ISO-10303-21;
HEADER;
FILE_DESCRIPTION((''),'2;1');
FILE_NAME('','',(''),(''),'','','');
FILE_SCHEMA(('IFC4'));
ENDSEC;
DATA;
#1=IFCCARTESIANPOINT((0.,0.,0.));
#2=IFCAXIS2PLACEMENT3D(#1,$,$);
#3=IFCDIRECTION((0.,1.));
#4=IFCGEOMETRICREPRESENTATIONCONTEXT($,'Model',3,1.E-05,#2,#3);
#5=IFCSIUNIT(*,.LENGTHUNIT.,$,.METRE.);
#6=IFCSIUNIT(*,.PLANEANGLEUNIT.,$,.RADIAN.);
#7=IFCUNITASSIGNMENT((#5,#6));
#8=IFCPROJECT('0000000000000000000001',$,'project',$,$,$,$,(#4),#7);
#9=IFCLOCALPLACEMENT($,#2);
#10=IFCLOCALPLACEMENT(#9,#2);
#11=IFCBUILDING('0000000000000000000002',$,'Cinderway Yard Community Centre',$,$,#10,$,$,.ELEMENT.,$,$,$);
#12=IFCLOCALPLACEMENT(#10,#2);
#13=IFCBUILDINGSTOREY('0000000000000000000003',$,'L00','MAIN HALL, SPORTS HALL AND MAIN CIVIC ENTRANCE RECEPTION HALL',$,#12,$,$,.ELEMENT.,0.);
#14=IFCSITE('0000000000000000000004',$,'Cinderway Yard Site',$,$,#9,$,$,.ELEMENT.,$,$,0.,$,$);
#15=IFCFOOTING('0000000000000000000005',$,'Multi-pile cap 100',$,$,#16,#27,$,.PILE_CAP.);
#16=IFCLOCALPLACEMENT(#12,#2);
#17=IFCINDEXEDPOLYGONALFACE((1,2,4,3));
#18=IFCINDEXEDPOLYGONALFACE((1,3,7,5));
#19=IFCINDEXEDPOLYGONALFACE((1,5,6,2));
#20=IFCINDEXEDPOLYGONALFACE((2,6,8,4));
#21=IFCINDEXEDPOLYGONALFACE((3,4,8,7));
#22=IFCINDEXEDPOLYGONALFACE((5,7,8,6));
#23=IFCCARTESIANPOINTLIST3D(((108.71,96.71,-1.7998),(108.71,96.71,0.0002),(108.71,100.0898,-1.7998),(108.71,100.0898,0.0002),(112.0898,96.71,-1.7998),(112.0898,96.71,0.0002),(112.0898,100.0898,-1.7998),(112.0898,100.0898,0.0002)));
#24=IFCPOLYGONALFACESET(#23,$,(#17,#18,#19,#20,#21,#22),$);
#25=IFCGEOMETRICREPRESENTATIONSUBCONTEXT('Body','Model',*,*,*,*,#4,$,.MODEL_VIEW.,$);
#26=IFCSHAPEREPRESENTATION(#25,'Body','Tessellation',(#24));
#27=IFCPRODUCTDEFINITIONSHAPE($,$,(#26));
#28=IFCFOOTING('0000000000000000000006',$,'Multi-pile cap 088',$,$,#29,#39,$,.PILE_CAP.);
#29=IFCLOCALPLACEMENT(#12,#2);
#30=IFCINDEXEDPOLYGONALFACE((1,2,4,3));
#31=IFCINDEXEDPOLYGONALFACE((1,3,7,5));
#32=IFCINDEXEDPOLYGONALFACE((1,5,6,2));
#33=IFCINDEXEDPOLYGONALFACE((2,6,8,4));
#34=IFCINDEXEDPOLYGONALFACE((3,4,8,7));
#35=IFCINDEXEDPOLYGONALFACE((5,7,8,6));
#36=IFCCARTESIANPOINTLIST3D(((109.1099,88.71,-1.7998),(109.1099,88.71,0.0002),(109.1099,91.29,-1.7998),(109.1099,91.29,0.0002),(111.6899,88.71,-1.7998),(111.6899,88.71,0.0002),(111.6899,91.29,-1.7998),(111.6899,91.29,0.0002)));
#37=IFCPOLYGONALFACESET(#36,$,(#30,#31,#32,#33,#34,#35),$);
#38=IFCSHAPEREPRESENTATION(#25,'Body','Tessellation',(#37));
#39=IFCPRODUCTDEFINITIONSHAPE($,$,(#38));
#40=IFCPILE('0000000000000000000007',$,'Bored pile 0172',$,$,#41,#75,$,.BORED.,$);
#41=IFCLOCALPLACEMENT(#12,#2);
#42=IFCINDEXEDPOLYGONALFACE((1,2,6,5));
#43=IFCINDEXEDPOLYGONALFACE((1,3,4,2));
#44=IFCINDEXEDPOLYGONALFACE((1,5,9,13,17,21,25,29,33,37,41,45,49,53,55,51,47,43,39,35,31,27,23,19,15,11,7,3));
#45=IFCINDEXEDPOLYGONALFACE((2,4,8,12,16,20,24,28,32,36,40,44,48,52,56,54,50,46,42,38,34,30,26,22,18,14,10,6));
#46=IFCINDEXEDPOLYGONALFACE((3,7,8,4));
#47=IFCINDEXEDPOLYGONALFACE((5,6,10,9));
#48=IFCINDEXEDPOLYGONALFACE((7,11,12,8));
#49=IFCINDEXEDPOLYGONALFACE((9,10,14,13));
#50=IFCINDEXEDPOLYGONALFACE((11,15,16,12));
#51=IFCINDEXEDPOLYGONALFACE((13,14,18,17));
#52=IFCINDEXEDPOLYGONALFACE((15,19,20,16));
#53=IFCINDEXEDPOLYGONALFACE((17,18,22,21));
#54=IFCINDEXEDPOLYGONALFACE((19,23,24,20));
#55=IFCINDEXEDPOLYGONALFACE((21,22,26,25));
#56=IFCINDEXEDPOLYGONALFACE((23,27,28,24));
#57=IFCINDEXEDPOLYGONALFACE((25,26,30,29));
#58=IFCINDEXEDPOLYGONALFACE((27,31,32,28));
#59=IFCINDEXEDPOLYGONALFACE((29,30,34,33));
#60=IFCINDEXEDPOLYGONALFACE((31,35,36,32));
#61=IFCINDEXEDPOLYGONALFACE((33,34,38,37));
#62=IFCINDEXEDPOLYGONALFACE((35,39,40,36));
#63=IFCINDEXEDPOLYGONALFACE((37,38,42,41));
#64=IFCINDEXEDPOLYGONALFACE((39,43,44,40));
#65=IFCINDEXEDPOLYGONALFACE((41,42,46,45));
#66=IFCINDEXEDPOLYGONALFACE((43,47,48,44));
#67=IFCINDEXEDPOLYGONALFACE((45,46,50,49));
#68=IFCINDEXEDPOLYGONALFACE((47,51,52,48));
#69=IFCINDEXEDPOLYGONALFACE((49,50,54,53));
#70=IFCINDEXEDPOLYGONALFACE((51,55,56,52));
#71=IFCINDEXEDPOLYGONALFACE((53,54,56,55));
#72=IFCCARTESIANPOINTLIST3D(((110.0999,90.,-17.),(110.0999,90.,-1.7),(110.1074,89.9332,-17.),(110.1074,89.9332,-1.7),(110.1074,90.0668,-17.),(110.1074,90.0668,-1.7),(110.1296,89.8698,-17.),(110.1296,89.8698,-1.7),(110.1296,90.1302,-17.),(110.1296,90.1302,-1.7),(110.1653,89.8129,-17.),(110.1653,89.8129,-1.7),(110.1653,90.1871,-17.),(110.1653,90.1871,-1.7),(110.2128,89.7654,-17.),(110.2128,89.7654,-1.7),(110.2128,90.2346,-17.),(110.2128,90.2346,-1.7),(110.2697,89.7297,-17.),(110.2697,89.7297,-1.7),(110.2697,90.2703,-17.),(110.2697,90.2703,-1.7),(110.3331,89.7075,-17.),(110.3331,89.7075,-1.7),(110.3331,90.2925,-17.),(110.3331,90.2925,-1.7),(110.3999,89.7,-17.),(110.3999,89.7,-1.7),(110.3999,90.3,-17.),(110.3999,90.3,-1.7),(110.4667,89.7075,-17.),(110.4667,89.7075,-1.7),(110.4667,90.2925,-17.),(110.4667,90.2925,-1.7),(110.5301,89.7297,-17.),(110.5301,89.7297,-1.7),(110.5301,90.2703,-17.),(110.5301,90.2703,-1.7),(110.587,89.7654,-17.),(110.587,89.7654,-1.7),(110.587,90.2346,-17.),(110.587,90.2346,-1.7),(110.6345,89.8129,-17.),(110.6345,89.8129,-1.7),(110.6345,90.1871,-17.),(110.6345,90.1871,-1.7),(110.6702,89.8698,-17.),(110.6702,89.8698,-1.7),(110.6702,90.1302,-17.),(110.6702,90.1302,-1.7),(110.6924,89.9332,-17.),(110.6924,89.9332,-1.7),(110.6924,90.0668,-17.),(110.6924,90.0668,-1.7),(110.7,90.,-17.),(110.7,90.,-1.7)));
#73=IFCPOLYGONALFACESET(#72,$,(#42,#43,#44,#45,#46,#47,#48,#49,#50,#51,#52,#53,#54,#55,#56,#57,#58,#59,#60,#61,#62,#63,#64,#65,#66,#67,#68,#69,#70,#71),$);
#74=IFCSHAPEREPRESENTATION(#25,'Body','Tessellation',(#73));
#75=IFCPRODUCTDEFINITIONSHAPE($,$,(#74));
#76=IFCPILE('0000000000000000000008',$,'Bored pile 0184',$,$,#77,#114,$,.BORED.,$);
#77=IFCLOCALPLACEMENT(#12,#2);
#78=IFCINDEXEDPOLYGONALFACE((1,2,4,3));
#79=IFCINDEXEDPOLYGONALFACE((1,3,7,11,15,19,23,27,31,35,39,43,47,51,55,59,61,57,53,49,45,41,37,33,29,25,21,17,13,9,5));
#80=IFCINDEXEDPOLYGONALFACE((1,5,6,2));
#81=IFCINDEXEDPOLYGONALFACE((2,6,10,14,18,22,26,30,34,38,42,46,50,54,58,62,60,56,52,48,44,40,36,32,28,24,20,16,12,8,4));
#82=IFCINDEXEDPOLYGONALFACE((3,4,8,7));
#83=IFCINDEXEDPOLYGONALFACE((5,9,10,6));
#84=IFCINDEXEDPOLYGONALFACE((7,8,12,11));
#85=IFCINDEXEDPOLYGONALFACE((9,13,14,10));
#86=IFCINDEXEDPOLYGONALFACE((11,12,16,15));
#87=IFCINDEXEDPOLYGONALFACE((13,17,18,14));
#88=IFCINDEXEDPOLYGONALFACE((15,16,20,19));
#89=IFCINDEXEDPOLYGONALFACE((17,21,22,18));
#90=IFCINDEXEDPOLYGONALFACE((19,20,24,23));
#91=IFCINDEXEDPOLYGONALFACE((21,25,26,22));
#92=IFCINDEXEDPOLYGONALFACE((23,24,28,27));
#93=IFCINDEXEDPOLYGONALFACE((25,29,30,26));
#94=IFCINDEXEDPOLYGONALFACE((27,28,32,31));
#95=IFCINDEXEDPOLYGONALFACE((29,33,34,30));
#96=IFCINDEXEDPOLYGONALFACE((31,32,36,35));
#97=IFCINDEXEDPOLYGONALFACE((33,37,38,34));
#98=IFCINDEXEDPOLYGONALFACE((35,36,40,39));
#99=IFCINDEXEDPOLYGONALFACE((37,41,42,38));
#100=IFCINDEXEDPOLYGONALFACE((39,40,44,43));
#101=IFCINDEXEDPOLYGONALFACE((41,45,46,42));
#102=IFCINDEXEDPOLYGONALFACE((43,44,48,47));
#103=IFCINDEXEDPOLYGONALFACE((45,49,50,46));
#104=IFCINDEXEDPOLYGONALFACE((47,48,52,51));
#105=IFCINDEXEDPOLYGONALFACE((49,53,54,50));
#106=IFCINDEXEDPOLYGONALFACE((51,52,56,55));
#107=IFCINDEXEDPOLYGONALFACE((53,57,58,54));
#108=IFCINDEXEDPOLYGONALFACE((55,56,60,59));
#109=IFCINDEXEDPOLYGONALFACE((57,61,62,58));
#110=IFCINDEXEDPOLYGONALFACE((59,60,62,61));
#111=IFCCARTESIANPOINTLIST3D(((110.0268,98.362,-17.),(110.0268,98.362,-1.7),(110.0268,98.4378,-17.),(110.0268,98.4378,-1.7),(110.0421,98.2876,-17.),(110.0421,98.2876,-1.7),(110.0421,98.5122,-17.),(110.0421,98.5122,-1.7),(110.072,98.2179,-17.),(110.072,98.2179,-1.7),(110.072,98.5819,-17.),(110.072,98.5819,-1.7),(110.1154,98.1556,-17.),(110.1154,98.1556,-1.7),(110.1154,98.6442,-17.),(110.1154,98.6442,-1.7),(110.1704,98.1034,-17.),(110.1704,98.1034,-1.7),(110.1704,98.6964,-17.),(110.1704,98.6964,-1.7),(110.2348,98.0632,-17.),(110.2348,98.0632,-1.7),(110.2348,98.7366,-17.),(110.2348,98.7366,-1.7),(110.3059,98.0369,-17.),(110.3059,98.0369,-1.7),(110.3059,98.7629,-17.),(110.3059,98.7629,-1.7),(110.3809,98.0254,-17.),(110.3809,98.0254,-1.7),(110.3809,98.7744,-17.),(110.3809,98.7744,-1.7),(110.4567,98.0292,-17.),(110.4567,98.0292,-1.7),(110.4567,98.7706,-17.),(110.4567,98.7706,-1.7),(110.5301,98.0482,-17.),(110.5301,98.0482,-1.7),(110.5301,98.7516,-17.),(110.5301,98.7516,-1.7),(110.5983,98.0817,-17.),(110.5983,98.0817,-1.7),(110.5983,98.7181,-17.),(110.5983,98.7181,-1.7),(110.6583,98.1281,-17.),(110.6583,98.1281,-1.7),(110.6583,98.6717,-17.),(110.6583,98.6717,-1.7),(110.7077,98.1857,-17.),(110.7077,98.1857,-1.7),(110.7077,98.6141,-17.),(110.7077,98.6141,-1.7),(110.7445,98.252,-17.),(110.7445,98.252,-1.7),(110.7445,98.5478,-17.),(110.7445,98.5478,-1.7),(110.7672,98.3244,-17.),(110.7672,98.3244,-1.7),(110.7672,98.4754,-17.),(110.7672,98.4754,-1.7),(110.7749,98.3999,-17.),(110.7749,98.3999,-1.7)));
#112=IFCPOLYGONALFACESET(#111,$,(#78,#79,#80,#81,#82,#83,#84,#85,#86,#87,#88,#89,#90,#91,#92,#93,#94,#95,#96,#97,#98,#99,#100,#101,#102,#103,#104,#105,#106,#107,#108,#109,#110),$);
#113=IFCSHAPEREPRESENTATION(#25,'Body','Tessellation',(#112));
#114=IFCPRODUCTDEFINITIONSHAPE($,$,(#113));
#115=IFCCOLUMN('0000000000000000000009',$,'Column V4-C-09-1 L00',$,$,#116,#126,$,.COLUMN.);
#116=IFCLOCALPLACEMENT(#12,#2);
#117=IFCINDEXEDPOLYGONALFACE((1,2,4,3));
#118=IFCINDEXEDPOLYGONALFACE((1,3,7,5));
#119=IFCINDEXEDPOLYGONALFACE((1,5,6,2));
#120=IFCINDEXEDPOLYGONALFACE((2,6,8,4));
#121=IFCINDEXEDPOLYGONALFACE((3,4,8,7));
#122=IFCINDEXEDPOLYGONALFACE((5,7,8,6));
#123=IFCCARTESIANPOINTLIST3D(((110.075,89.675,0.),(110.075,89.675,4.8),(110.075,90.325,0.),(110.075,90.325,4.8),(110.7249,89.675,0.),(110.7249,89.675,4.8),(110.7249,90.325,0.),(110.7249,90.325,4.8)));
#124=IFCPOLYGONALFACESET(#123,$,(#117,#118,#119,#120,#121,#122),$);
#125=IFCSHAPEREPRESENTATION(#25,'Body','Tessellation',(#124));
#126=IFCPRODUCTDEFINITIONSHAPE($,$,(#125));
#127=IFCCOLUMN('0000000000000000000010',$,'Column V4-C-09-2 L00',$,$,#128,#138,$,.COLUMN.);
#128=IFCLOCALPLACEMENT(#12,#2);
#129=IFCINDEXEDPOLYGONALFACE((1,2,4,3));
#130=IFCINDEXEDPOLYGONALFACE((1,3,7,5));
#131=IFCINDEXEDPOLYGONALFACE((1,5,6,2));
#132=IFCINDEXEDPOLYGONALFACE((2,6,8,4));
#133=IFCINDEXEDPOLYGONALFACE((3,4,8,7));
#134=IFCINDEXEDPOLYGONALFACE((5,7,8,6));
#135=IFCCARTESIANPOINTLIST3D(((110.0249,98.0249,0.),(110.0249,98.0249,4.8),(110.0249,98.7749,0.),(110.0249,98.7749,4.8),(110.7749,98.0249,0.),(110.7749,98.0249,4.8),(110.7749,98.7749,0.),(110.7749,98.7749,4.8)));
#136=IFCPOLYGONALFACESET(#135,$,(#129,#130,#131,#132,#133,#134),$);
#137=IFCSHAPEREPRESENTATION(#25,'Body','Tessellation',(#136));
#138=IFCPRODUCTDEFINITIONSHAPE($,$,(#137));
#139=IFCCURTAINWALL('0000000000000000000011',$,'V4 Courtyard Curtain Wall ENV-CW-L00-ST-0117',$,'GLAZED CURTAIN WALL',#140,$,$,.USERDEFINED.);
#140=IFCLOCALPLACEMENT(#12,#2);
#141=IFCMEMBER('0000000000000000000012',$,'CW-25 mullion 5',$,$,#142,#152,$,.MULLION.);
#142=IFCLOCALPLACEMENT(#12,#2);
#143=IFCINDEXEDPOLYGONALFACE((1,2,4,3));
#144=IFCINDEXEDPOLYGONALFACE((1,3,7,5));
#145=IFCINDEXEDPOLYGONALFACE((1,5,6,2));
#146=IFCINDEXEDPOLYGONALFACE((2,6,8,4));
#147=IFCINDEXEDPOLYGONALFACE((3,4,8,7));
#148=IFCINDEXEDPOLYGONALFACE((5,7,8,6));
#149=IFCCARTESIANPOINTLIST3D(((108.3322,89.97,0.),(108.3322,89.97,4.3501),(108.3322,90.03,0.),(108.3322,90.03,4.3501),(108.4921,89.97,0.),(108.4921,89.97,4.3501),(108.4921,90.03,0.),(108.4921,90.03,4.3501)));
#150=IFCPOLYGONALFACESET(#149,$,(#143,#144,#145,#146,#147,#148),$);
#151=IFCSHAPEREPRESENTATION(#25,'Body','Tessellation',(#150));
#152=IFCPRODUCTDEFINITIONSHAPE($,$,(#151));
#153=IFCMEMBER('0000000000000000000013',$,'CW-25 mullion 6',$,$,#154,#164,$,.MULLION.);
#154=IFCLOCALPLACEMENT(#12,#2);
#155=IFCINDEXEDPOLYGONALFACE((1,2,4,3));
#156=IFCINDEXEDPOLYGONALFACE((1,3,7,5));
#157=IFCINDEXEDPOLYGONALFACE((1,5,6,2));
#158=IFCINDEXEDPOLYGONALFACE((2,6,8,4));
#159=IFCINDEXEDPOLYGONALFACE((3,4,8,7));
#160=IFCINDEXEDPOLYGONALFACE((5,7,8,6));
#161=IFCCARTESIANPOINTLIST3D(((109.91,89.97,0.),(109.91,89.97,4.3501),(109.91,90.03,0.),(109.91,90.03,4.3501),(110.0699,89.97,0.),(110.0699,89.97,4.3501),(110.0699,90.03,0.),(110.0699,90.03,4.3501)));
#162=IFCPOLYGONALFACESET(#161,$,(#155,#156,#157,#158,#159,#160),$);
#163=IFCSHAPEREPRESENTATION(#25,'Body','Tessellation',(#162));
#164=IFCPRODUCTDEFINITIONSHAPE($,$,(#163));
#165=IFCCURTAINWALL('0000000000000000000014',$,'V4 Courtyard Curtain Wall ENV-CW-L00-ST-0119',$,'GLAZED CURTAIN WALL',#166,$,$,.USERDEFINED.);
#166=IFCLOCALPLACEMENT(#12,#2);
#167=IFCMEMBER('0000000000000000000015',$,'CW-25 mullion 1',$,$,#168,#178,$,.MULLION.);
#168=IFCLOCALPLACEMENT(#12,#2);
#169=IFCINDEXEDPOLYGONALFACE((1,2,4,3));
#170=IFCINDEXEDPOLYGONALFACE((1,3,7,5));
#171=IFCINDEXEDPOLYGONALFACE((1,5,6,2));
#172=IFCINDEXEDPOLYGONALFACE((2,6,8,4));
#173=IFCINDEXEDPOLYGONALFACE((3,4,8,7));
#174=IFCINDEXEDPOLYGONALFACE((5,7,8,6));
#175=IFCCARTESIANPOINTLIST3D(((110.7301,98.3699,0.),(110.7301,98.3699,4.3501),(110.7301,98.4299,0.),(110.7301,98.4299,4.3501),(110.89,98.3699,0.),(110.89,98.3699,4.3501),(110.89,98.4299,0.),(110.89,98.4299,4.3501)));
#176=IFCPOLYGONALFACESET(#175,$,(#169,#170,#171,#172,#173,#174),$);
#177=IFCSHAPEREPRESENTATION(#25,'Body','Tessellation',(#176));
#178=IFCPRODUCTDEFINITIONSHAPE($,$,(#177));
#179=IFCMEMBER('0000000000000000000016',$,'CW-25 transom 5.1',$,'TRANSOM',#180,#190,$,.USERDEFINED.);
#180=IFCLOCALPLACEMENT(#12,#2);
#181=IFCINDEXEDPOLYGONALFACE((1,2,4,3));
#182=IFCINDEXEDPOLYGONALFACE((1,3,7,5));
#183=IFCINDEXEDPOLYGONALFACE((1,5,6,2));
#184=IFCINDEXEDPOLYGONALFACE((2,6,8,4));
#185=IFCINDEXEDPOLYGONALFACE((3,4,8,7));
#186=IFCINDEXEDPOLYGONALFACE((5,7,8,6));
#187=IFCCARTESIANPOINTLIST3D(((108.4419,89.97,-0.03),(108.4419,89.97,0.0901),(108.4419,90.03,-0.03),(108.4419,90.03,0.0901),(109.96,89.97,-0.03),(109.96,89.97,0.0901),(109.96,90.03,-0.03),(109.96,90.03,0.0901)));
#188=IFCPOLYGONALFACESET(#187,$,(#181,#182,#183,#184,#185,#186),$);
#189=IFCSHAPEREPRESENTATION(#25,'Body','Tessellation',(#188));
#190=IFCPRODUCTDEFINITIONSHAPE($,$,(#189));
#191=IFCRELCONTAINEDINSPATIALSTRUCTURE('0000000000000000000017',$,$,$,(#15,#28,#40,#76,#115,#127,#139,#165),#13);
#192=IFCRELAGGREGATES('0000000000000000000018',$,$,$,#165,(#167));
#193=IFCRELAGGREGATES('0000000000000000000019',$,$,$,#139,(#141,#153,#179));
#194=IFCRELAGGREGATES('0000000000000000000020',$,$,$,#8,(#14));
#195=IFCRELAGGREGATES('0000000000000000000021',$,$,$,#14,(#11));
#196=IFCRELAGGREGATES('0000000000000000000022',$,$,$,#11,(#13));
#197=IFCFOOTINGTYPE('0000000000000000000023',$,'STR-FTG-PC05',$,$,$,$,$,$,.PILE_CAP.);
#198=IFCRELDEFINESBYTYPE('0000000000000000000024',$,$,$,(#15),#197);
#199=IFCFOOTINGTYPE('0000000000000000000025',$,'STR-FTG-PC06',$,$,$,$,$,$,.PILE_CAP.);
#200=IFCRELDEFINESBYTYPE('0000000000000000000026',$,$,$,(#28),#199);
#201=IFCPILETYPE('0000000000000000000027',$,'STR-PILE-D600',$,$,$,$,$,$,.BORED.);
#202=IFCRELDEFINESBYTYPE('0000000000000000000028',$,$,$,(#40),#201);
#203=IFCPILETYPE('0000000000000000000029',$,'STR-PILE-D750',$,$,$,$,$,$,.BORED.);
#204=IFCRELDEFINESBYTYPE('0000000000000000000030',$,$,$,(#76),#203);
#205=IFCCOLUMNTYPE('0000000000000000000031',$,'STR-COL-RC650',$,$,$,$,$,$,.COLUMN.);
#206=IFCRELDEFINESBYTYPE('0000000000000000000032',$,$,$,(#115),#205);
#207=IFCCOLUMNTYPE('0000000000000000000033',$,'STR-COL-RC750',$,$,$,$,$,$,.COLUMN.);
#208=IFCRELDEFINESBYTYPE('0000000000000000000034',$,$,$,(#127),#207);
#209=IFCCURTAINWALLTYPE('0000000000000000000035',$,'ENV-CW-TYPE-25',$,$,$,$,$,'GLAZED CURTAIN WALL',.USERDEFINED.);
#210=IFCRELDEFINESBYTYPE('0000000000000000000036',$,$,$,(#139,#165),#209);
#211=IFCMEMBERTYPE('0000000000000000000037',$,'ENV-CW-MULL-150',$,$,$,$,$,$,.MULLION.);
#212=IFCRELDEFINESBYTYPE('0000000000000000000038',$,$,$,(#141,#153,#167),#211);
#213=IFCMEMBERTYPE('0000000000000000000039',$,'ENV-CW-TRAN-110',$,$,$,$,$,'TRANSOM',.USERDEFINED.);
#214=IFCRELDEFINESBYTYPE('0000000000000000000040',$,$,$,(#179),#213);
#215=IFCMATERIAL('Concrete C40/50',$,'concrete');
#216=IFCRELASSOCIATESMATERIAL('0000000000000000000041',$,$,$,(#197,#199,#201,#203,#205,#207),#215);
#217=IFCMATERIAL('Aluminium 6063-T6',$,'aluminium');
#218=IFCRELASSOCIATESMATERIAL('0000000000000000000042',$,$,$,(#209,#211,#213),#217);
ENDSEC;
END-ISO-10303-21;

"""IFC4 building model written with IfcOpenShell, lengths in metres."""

from ifc_helpers import new_model, si_unit, direction, frame, origin, origin_2d, place, context, subcontext, project, spatial, rectangle, circle, extrude, material, material_profile, profile_set, type_object, element, aggregate, save


model = new_model("IFC4")

# Units and contexts
model_context = context("Model", 3, precision=1e-05, world=origin(), true_north=direction((0.0, 1.0)))
body_context = subcontext(model_context, "Body", "Model", "MODEL_VIEW")
ifc_project = project(units=[si_unit("LENGTHUNIT", "METRE"), si_unit("PLANEANGLEUNIT", "RADIAN")], contexts=[model_context])

# Site, building, storey
site_placement = place(None, origin())
site = spatial("IfcSite", under=ifc_project, at=site_placement, Name="Cinderway Yard Site", CompositionType="ELEMENT", RefElevation=0.0)
building_placement = place(site_placement, origin())
building = spatial("IfcBuilding", under=site, at=building_placement, Name="Cinderway Yard Community Centre", CompositionType="ELEMENT")
storey_placement = place(building_placement, origin())
storey = spatial("IfcBuildingStorey", under=building, at=storey_placement, Name="L00", Description="MAIN HALL, SPORTS HALL AND MAIN CIVIC ENTRANCE RECEPTION HALL", CompositionType="ELEMENT", Elevation=0.0)

# Footings
ifc_material_1 = material(Name="Concrete C40/50", Category="concrete")
footing_type_1 = type_object("IfcFootingType", Name="STR-FTG-PC05", PredefinedType="PILE_CAP", material=ifc_material_1)
footing_1_placement = place(storey_placement, frame((110.3999, 98.3999, -1.7998), z_axis=(0.0, 0.0, 1.0), x_axis=(1.0, 0.0, 0.0)))
element("IfcFooting", 1, at=footing_1_placement, inside=storey, type_object=footing_type_1, Name="Multi-pile cap 100", PredefinedType="PILE_CAP", context=body_context, shape_type="SweptSolid", body=[
    extrude(rectangle(XDim=3.3799, YDim=3.3799, at=origin_2d()), origin(), (0.0, 0.0, 1.0), 1.8),
])
footing_type_2 = type_object("IfcFootingType", Name="STR-FTG-PC06", PredefinedType="PILE_CAP", material=ifc_material_1)
footing_2_placement = place(storey_placement, frame((110.3999, 90.0, -1.7998), z_axis=(0.0, 0.0, 1.0), x_axis=(1.0, 0.0, 0.0)))
element("IfcFooting", 2, at=footing_2_placement, inside=storey, type_object=footing_type_2, Name="Multi-pile cap 088", PredefinedType="PILE_CAP", context=body_context, shape_type="SweptSolid", body=[
    extrude(rectangle(XDim=2.5801, YDim=2.5801, at=origin_2d()), origin(), (0.0, 0.0, 1.0), 1.8),
])

# Piles
ifc_material_profile_1 = material_profile(ifc_material_1, circle(Radius=0.3, at=origin_2d()), Name="Concrete C40/50")
ifc_profile_set_1 = profile_set([ifc_material_profile_1], Name="Concrete C40/50")
pile_type_1 = type_object("IfcPileType", Name="STR-PILE-D600", PredefinedType="BORED", material=ifc_profile_set_1)
pile_1_placement = place(storey_placement, frame((110.3999, 90.0, -1.7), z_axis=(0.0, 0.0, -1.0), x_axis=(1.0, 0.0, 0.0)))
element("IfcPile", 3, at=pile_1_placement, inside=storey, type_object=pile_type_1, Name="Bored pile 0172", PredefinedType="BORED", context=body_context, shape_type="SweptSolid", body=[
    extrude(circle(Radius=0.3, at=origin_2d()), origin(), (0.0, 0.0, 1.0), 15.3),
])
ifc_material_profile_2 = material_profile(ifc_material_1, circle(Radius=0.375, at=origin_2d()), Name="Concrete C40/50")
ifc_profile_set_2 = profile_set([ifc_material_profile_2], Name="Concrete C40/50")
pile_type_2 = type_object("IfcPileType", Name="STR-PILE-D750", PredefinedType="BORED", material=ifc_profile_set_2)
pile_2_placement = place(storey_placement, frame((110.3999, 98.3999, -1.7), z_axis=(0.0, 0.0, -1.0), x_axis=(1.0, 0.0, 0.0)))
element("IfcPile", 4, at=pile_2_placement, inside=storey, type_object=pile_type_2, Name="Bored pile 0184", PredefinedType="BORED", context=body_context, shape_type="SweptSolid", body=[
    extrude(circle(Radius=0.375, at=origin_2d()), origin(), (0.0, 0.0, 1.0), 15.3),
])

# Columns
ifc_material_profile_3 = material_profile(ifc_material_1, rectangle(XDim=0.6499, YDim=0.6499, at=origin_2d()), Name="Concrete C40/50")
ifc_profile_set_3 = profile_set([ifc_material_profile_3], Name="Concrete C40/50")
column_type_1 = type_object("IfcColumnType", Name="STR-COL-RC650", PredefinedType="COLUMN", material=ifc_profile_set_3)
column_1_placement = place(storey_placement, frame((110.3999, 90.0, 0.0), z_axis=(0.0, 0.0, 1.0), x_axis=(1.0, 0.0, 0.0)))
element("IfcColumn", 5, at=column_1_placement, inside=storey, type_object=column_type_1, Name="Column V4-C-09-1 L00", PredefinedType="COLUMN", context=body_context, shape_type="SweptSolid", body=[
    extrude(rectangle(XDim=0.6499, YDim=0.6499, at=origin_2d()), origin(), (0.0, 0.0, 1.0), 4.8),
])
ifc_material_profile_4 = material_profile(ifc_material_1, rectangle(XDim=0.75, YDim=0.75, at=origin_2d()), Name="Concrete C40/50")
ifc_profile_set_4 = profile_set([ifc_material_profile_4], Name="Concrete C40/50")
column_type_2 = type_object("IfcColumnType", Name="STR-COL-RC750", PredefinedType="COLUMN", material=ifc_profile_set_4)
column_2_placement = place(storey_placement, frame((110.3999, 98.3999, 0.0), z_axis=(0.0, 0.0, 1.0), x_axis=(1.0, 0.0, 0.0)))
element("IfcColumn", 6, at=column_2_placement, inside=storey, type_object=column_type_2, Name="Column V4-C-09-2 L00", PredefinedType="COLUMN", context=body_context, shape_type="SweptSolid", body=[
    extrude(rectangle(XDim=0.75, YDim=0.75, at=origin_2d()), origin(), (0.0, 0.0, 1.0), 4.8),
])

# Curtain wall, members
ifc_material_2 = material(Name="Aluminium 6063-T6", Category="aluminium")
curtain_wall_type = type_object("IfcCurtainWallType", Name="ENV-CW-TYPE-25", ElementType="GLAZED CURTAIN WALL", PredefinedType="USERDEFINED", material=ifc_material_2)
curtain_wall_1_placement = place(storey_placement, origin())
curtain_wall_1 = element("IfcCurtainWall", 7, at=curtain_wall_1_placement, inside=storey, type_object=curtain_wall_type, Name="V4 Courtyard Curtain Wall ENV-CW-L00-ST-0117", ObjectType="GLAZED CURTAIN WALL", PredefinedType="USERDEFINED")
ifc_material_profile_5 = material_profile(ifc_material_2, rectangle(XDim=0.0601, YDim=0.1599, at=origin_2d()), Name="Aluminium 6063-T6")
ifc_profile_set_5 = profile_set([ifc_material_profile_5], Name="Aluminium 6063-T6")
member_type_1 = type_object("IfcMemberType", Name="ENV-CW-MULL-150", PredefinedType="MULLION", material=ifc_profile_set_5)
member_1_placement = place(storey_placement, frame((108.4121, 90.0, 0.0), z_axis=(0.0, 0.0, 1.0), x_axis=(0.0, 1.0, 0.0)))
member_1 = element("IfcMember", 8, at=member_1_placement, type_object=member_type_1, Name="CW-25 mullion 5", PredefinedType="MULLION", context=body_context, shape_type="SweptSolid", body=[
    extrude(rectangle(XDim=0.0601, YDim=0.1599, at=origin_2d()), origin(), (0.0, 0.0, 1.0), 4.3501),
])
member_2_placement = place(storey_placement, frame((109.99, 90.0, 0.0), z_axis=(0.0, 0.0, 1.0), x_axis=(0.0, 1.0, 0.0)))
member_2 = element("IfcMember", 9, at=member_2_placement, type_object=member_type_1, Name="CW-25 mullion 6", PredefinedType="MULLION", context=body_context, shape_type="SweptSolid", body=[
    extrude(rectangle(XDim=0.0601, YDim=0.1599, at=origin_2d()), origin(), (0.0, 0.0, 1.0), 4.3501),
])

# Curtain wall, member
curtain_wall_2_placement = place(storey_placement, origin())
curtain_wall_2 = element("IfcCurtainWall", 10, at=curtain_wall_2_placement, inside=storey, type_object=curtain_wall_type, Name="V4 Courtyard Curtain Wall ENV-CW-L00-ST-0119", ObjectType="GLAZED CURTAIN WALL", PredefinedType="USERDEFINED")
member_3_placement = place(storey_placement, frame((110.8101, 98.3999, 0.0), z_axis=(0.0, 0.0, 1.0), x_axis=(0.0, 1.0, 0.0)))
member_3 = element("IfcMember", 11, at=member_3_placement, type_object=member_type_1, Name="CW-25 mullion 1", PredefinedType="MULLION", context=body_context, shape_type="SweptSolid", body=[
    extrude(rectangle(XDim=0.0601, YDim=0.1599, at=origin_2d()), origin(), (0.0, 0.0, 1.0), 4.3501),
])

# Member
ifc_material_profile_6 = material_profile(ifc_material_2, rectangle(XDim=0.0601, YDim=0.1201, at=origin_2d()), Name="Aluminium 6063-T6")
ifc_profile_set_6 = profile_set([ifc_material_profile_6], Name="Aluminium 6063-T6")
member_type_2 = type_object("IfcMemberType", Name="ENV-CW-TRAN-110", ElementType="TRANSOM", PredefinedType="USERDEFINED", material=ifc_profile_set_6)
member_4_placement = place(storey_placement, frame((108.4419, 90.0, 0.03), z_axis=(1.0, 0.0, 0.0), x_axis=(0.0, 1.0, 0.0)))
member_4 = element("IfcMember", 12, at=member_4_placement, type_object=member_type_2, Name="CW-25 transom 5.1", ObjectType="TRANSOM", PredefinedType="USERDEFINED", context=body_context, shape_type="SweptSolid", body=[
    extrude(rectangle(XDim=0.0601, YDim=0.1201, at=origin_2d()), origin(), (0.0, 0.0, 1.0), 1.5181),
])
aggregate(curtain_wall_2, [member_3])

aggregate(curtain_wall_1, [member_1, member_2, member_4])

save(model, "model.ifc")
